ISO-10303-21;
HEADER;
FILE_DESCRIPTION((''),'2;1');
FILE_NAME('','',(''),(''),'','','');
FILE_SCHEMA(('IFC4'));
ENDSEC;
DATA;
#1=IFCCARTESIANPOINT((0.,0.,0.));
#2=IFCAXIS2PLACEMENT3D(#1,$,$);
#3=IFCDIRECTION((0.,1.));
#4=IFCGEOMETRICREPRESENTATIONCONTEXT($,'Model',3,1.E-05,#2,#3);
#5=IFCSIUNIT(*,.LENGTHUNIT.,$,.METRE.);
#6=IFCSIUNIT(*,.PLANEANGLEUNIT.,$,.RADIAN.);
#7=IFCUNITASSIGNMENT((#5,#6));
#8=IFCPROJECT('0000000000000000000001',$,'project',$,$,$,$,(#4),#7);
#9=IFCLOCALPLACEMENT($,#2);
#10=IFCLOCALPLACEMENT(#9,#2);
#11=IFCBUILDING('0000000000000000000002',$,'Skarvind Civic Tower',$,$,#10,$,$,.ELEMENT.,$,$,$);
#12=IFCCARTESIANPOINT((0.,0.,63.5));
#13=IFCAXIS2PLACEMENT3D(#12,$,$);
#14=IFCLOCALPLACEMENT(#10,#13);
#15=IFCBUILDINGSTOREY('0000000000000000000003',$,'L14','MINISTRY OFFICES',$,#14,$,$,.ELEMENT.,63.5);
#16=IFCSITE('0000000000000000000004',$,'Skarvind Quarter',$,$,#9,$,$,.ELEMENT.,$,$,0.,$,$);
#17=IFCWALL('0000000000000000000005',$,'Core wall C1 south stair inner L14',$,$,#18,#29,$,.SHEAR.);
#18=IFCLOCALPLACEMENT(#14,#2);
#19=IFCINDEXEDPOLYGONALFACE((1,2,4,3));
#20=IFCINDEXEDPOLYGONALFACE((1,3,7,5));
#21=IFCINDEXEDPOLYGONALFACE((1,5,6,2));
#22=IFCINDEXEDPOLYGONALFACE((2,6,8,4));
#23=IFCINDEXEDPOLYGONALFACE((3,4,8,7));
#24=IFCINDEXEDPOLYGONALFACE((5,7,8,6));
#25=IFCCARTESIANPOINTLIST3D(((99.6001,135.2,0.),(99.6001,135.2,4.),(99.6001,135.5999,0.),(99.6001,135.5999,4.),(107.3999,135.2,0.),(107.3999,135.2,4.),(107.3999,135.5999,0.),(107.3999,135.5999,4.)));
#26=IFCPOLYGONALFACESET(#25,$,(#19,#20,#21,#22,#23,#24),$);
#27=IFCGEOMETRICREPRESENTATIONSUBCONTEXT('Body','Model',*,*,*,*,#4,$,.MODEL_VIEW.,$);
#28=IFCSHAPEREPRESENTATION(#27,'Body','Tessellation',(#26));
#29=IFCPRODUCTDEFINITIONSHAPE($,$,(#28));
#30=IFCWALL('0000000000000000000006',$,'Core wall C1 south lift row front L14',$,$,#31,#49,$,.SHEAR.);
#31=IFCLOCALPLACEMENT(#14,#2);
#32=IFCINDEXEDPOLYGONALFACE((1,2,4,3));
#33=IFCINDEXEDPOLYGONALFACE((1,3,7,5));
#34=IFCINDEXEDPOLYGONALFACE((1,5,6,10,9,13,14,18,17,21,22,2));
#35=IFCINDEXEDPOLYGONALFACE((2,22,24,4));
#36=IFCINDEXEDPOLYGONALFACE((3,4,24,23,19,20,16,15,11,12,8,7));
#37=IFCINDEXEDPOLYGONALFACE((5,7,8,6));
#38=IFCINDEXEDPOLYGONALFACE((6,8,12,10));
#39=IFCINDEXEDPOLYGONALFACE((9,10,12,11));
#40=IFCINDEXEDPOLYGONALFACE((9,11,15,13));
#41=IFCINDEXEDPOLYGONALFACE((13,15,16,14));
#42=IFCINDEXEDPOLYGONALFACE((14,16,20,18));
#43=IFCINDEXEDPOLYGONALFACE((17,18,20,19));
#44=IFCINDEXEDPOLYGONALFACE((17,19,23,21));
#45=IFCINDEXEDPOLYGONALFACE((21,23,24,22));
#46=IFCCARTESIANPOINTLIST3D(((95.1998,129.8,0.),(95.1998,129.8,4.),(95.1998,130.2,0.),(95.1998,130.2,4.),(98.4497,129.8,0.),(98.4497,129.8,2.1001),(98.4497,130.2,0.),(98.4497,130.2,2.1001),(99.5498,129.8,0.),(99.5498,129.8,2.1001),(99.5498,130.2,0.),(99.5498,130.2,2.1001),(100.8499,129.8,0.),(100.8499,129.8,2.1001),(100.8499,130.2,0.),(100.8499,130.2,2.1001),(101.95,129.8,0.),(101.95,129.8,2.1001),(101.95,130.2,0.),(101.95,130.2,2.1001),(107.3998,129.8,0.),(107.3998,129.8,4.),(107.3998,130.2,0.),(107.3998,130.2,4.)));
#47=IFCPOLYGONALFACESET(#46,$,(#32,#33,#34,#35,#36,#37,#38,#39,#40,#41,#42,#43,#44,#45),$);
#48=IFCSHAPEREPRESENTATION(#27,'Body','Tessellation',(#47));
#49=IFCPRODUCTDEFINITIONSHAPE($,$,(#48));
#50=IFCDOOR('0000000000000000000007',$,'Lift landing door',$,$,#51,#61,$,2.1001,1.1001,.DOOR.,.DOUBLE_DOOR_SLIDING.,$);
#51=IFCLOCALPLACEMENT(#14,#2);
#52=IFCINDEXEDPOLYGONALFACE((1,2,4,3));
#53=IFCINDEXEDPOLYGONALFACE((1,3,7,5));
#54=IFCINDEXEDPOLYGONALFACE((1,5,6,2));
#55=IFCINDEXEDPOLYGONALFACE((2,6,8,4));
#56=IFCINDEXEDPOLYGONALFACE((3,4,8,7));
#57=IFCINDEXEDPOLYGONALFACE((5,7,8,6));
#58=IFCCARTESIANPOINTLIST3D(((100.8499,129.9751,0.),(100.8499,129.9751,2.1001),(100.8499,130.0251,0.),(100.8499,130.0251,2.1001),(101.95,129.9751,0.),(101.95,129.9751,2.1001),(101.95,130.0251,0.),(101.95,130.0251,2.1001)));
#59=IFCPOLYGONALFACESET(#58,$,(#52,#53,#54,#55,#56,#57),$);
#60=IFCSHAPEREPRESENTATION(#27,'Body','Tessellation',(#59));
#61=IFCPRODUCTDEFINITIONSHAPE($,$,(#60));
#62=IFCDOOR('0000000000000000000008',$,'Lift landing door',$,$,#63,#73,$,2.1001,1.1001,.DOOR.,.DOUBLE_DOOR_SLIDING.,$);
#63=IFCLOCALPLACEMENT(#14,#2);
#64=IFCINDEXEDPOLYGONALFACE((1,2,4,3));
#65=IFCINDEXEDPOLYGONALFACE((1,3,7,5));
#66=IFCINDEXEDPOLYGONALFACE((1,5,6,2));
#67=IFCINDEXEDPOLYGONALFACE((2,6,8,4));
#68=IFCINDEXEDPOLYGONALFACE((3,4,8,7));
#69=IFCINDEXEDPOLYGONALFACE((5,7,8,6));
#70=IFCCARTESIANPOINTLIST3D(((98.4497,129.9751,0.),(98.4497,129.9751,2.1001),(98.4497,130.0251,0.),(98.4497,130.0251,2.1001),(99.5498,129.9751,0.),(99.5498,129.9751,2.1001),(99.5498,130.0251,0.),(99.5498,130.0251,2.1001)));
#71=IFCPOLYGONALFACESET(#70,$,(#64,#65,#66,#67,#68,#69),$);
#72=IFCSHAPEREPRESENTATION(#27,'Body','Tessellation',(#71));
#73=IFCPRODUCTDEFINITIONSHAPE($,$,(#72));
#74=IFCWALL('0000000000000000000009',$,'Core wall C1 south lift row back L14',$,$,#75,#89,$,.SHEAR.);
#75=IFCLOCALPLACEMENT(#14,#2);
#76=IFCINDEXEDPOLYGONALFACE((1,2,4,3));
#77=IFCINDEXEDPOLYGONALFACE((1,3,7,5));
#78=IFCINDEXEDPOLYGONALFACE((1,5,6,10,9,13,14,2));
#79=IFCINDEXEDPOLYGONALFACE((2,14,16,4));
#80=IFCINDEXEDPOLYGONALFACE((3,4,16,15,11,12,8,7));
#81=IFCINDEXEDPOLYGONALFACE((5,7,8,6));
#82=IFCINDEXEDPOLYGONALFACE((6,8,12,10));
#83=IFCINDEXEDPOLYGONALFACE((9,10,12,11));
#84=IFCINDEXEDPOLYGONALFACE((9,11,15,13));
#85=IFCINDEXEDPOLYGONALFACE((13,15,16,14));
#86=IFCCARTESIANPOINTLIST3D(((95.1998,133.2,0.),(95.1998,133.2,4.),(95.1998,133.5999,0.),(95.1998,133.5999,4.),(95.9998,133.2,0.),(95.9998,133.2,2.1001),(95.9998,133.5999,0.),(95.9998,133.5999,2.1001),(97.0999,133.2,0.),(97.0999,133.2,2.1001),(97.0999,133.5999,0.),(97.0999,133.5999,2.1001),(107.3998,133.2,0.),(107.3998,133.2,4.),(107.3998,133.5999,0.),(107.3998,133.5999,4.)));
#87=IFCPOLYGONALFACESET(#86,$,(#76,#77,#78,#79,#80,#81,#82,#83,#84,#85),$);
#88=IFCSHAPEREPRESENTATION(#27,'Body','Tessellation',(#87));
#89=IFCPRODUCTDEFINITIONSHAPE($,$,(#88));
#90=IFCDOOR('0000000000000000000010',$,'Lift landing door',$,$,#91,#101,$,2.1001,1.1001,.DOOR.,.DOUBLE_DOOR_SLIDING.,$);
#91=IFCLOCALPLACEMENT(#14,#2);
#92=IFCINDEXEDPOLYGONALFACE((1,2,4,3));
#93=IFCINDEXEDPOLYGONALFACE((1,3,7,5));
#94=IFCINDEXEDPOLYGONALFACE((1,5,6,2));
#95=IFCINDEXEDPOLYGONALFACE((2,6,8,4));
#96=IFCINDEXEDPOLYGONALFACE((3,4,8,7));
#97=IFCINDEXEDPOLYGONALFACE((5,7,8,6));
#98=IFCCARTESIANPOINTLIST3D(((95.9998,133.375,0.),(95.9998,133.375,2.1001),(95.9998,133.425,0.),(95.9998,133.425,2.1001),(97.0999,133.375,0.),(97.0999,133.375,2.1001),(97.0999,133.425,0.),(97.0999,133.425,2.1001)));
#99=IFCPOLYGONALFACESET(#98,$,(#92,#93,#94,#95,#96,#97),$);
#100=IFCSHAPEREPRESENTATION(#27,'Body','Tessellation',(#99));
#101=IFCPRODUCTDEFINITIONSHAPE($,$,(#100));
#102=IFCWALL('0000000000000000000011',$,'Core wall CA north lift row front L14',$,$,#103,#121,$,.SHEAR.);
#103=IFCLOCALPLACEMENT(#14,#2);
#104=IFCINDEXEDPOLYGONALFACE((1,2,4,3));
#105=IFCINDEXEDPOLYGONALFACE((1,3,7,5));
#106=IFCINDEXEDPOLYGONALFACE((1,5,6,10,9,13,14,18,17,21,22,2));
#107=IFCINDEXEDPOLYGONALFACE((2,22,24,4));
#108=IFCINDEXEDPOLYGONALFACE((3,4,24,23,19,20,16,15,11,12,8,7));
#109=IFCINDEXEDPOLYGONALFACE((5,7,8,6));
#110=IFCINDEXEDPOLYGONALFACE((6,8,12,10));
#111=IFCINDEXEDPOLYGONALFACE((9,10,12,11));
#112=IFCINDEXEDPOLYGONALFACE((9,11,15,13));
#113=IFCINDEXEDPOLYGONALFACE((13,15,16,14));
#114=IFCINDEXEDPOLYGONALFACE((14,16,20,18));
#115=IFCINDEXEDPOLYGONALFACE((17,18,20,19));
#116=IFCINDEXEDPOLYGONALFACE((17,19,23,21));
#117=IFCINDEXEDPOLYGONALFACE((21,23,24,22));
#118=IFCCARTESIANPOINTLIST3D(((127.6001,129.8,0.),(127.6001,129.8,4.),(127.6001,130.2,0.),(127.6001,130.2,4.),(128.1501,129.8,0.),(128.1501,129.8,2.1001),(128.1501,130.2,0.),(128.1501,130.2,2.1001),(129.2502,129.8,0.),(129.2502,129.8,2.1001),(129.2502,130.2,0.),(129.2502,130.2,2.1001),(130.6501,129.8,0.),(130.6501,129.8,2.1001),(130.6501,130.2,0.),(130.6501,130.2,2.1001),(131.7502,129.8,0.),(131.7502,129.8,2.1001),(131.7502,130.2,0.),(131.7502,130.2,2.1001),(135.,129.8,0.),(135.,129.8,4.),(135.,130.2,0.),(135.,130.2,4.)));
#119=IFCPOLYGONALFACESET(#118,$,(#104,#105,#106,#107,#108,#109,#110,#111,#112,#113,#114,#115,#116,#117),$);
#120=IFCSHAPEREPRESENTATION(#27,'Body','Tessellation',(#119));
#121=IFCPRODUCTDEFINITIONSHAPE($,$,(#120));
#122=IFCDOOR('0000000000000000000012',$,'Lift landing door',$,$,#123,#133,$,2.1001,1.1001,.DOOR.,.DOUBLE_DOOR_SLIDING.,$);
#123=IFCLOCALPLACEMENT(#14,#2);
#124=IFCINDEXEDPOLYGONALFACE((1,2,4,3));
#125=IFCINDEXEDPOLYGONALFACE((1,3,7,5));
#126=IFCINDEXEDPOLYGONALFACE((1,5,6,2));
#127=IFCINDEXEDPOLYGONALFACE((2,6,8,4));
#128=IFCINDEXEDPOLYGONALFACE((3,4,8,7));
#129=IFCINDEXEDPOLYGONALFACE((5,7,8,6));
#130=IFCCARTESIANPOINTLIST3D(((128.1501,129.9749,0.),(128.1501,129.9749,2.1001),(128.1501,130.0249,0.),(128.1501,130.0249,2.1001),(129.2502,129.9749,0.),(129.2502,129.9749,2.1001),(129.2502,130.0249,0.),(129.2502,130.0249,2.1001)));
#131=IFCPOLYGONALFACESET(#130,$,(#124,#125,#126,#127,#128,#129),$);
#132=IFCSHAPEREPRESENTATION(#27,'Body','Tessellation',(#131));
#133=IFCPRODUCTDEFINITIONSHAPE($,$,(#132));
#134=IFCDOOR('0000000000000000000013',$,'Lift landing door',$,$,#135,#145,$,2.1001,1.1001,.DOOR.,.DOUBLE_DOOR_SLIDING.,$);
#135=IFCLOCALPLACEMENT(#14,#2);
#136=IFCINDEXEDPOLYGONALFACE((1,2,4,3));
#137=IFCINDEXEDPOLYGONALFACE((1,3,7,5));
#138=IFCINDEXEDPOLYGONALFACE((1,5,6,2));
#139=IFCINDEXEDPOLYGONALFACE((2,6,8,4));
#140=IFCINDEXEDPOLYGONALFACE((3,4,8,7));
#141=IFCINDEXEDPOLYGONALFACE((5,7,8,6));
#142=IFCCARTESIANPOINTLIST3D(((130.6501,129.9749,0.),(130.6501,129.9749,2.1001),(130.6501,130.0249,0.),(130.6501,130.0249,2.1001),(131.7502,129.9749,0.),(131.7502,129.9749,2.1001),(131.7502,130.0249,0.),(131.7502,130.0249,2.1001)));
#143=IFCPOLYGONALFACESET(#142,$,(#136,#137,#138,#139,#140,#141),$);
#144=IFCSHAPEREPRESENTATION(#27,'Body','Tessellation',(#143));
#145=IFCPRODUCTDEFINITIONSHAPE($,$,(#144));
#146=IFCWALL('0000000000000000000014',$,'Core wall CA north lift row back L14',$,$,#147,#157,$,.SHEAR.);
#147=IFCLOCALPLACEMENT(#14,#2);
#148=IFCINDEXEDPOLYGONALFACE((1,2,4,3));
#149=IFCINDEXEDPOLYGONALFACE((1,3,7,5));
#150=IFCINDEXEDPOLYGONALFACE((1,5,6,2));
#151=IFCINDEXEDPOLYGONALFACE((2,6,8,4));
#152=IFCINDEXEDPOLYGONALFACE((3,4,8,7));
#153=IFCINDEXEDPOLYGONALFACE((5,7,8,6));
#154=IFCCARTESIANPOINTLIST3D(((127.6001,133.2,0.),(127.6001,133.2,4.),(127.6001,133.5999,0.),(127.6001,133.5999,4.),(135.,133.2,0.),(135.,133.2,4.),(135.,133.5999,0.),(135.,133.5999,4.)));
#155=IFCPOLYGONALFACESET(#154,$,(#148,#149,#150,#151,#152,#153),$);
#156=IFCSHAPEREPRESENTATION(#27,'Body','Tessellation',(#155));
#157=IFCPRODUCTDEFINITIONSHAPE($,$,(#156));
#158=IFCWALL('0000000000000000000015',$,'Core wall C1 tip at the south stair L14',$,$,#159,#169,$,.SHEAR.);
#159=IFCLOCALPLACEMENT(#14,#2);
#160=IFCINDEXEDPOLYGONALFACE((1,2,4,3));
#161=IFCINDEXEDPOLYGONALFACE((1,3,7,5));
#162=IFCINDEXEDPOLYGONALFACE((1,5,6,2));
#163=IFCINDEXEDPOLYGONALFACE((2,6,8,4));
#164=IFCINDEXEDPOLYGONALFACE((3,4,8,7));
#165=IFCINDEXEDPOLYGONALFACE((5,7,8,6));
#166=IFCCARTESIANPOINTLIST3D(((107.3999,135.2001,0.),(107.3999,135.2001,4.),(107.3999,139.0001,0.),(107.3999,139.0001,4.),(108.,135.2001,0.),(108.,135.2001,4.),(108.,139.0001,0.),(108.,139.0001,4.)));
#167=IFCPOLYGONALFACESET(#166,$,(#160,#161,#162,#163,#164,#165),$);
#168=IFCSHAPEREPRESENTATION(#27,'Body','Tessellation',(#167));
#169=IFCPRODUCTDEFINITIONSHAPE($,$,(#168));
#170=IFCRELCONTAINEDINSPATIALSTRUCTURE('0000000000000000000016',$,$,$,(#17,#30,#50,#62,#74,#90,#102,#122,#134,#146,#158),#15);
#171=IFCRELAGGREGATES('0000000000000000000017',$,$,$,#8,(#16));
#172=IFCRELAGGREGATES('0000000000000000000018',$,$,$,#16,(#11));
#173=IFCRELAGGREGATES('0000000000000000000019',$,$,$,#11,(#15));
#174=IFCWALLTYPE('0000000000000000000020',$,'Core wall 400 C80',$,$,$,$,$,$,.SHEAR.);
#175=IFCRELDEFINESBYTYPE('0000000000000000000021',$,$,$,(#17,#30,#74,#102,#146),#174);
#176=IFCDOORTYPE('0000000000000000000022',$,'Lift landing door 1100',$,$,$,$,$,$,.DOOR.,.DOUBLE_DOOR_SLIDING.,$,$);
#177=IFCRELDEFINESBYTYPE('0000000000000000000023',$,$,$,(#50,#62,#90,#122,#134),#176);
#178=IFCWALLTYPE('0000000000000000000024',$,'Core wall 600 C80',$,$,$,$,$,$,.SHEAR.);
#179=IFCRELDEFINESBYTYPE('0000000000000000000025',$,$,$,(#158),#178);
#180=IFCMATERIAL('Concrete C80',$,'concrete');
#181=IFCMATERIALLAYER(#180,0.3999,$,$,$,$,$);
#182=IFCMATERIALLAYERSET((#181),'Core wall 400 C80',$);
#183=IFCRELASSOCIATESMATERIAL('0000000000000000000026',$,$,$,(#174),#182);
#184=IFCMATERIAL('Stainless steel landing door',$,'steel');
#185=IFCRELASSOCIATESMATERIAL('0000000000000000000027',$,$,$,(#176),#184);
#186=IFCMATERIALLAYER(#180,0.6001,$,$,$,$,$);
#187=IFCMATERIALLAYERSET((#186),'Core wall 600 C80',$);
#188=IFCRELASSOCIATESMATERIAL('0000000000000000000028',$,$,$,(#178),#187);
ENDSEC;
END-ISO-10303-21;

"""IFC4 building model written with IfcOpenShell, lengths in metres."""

from ifc_helpers import new_model, si_unit, direction, frame, frame_2d, origin, place, context, subcontext, project, spatial, rectangle, extrude, material, layer, layer_set, type_object, element, fill, save


model = new_model("IFC4")

# Units and contexts
model_context = context("Model", 3, precision=1e-05, world=origin(), true_north=direction((0.0, 1.0)))
body_context = subcontext(model_context, "Body", "Model", "MODEL_VIEW")
ifc_project = project(units=[si_unit("LENGTHUNIT", "METRE"), si_unit("PLANEANGLEUNIT", "RADIAN")], contexts=[model_context])

# Site, building, storey
site_placement = place(None, origin())
site = spatial("IfcSite", under=ifc_project, at=site_placement, Name="Skarvind Quarter", CompositionType="ELEMENT", RefElevation=0.0)
building_placement = place(site_placement, origin())
building = spatial("IfcBuilding", under=site, at=building_placement, Name="Skarvind Civic Tower", CompositionType="ELEMENT")
storey_placement = place(building_placement, frame((0.0, 0.0, 63.5)))
storey = spatial("IfcBuildingStorey", under=building, at=storey_placement, Name="L14", Description="MINISTRY OFFICES", CompositionType="ELEMENT", Elevation=63.5)

# Wall
ifc_material_1 = material(Name="Concrete C80", Category="concrete")
ifc_layer_1 = layer(ifc_material_1, 0.3999)
ifc_layer_set_1 = layer_set([ifc_layer_1], Name="Core wall 400 C80")
wall_type_1 = type_object("IfcWallType", Name="Core wall 400 C80", PredefinedType="SHEAR", material=ifc_layer_set_1)
wall_1_placement = place(storey_placement, frame((107.3999, 135.3999, 0.0), z_axis=(0.0, 0.0, 1.0), x_axis=(-1.0, 0.0, 0.0)))
element("IfcWall", 1, at=wall_1_placement, inside=storey, type_object=wall_type_1, Name="Core wall C1 south stair inner L14", PredefinedType="SHEAR", context=body_context, shape_type="SweptSolid", body=[
    extrude(rectangle(XDim=7.7998, YDim=0.3999, at=frame_2d((3.8999, 0.0))), origin(), (0.0, 0.0, 1.0), 4.0),
])

# Wall, openings, doors
wall_2_placement = place(storey_placement, frame((107.3999, 130.0, 0.0), z_axis=(0.0, 0.0, 1.0), x_axis=(-1.0, 0.0, 0.0)))
wall_2 = element("IfcWall", 2, at=wall_2_placement, inside=storey, type_object=wall_type_1, Name="Core wall C1 south lift row front L14", PredefinedType="SHEAR", context=body_context, shape_type="SweptSolid", body=[
    extrude(rectangle(XDim=12.2, YDim=0.3999, at=frame_2d((6.1001, 0.0))), origin(), (0.0, 0.0, 1.0), 4.0),
])
opening_1_placement = place(wall_2_placement, frame((5.45, 0.0, 0.0)))
opening_1 = element("IfcOpeningElement", 3, at=opening_1_placement, cuts=wall_2, PredefinedType="OPENING", context=body_context, shape_type="SweptSolid", body=[
    extrude(rectangle(XDim=1.1001, YDim=2.1001, at=frame_2d((0.55, 1.05))), frame((0.0, 0.21, 0.0), z_axis=(0.0, -1.0, 0.0), x_axis=(1.0, 0.0, 0.0)), (0.0, 0.0, 1.0), 0.4199),
])
opening_2_placement = place(wall_2_placement, frame((7.8501, 0.0, 0.0)))
opening_2 = element("IfcOpeningElement", 4, at=opening_2_placement, cuts=wall_2, PredefinedType="OPENING", context=body_context, shape_type="SweptSolid", body=[
    extrude(rectangle(XDim=1.1001, YDim=2.1001, at=frame_2d((0.55, 1.05))), frame((0.0, 0.21, 0.0), z_axis=(0.0, -1.0, 0.0), x_axis=(1.0, 0.0, 0.0)), (0.0, 0.0, 1.0), 0.4199),
])
ifc_material_2 = material(Name="Stainless steel landing door", Category="steel")
door_type = type_object("IfcDoorType", Name="Lift landing door 1100", OperationType="DOUBLE_DOOR_SLIDING", PredefinedType="DOOR", material=ifc_material_2)
door_1_placement = place(opening_1_placement, origin())
door_1 = element("IfcDoor", 5, at=door_1_placement, inside=storey, type_object=door_type, Name="Lift landing door", OperationType="DOUBLE_DOOR_SLIDING", OverallHeight=2.1001, OverallWidth=1.1001, PredefinedType="DOOR", context=body_context, shape_type="SweptSolid", body=[
    extrude(rectangle(XDim=1.1001, YDim=2.1001, at=frame_2d((0.55, 1.05))), frame((0.0, 0.0249, 0.0), z_axis=(0.0, -1.0, 0.0), x_axis=(1.0, 0.0, 0.0)), (0.0, 0.0, 1.0), 0.05),
])
fill(opening_1, door_1)
door_2_placement = place(opening_2_placement, origin())
door_2 = element("IfcDoor", 6, at=door_2_placement, inside=storey, type_object=door_type, Name="Lift landing door", OperationType="DOUBLE_DOOR_SLIDING", OverallHeight=2.1001, OverallWidth=1.1001, PredefinedType="DOOR", context=body_context, shape_type="SweptSolid", body=[
    extrude(rectangle(XDim=1.1001, YDim=2.1001, at=frame_2d((0.55, 1.05))), frame((0.0, 0.0249, 0.0), z_axis=(0.0, -1.0, 0.0), x_axis=(1.0, 0.0, 0.0)), (0.0, 0.0, 1.0), 0.05),
])
fill(opening_2, door_2)

# Wall, opening, door
wall_3_placement = place(storey_placement, frame((107.3999, 133.3999, 0.0), z_axis=(0.0, 0.0, 1.0), x_axis=(-1.0, 0.0, 0.0)))
wall_3 = element("IfcWall", 7, at=wall_3_placement, inside=storey, type_object=wall_type_1, Name="Core wall C1 south lift row back L14", PredefinedType="SHEAR", context=body_context, shape_type="SweptSolid", body=[
    extrude(rectangle(XDim=12.2, YDim=0.3999, at=frame_2d((6.1001, 0.0))), origin(), (0.0, 0.0, 1.0), 4.0),
])
opening_3_placement = place(wall_3_placement, frame((10.3, 0.0, 0.0)))
opening_3 = element("IfcOpeningElement", 8, at=opening_3_placement, cuts=wall_3, PredefinedType="OPENING", context=body_context, shape_type="SweptSolid", body=[
    extrude(rectangle(XDim=1.1001, YDim=2.1001, at=frame_2d((0.55, 1.05))), frame((0.0, 0.21, 0.0), z_axis=(0.0, -1.0, 0.0), x_axis=(1.0, 0.0, 0.0)), (0.0, 0.0, 1.0), 0.4199),
])
door_3_placement = place(opening_3_placement, origin())
door_3 = element("IfcDoor", 9, at=door_3_placement, inside=storey, type_object=door_type, Name="Lift landing door", OperationType="DOUBLE_DOOR_SLIDING", OverallHeight=2.1001, OverallWidth=1.1001, PredefinedType="DOOR", context=body_context, shape_type="SweptSolid", body=[
    extrude(rectangle(XDim=1.1001, YDim=2.1001, at=frame_2d((0.55, 1.05))), frame((0.0, 0.0249, 0.0), z_axis=(0.0, -1.0, 0.0), x_axis=(1.0, 0.0, 0.0)), (0.0, 0.0, 1.0), 0.05),
])
fill(opening_3, door_3)

# Wall, openings, doors
wall_4_placement = place(storey_placement, frame((127.6001, 130.0, 0.0), z_axis=(0.0, 0.0, 1.0), x_axis=(1.0, 0.0, 0.0)))
wall_4 = element("IfcWall", 10, at=wall_4_placement, inside=storey, type_object=wall_type_1, Name="Core wall CA north lift row front L14", PredefinedType="SHEAR", context=body_context, shape_type="SweptSolid", body=[
    extrude(rectangle(XDim=7.3999, YDim=0.3999, at=frame_2d((3.7, 0.0))), origin(), (0.0, 0.0, 1.0), 4.0),
])
opening_4_placement = place(wall_4_placement, frame((0.55, 0.0, 0.0)))
opening_4 = element("IfcOpeningElement", 11, at=opening_4_placement, cuts=wall_4, PredefinedType="OPENING", context=body_context, shape_type="SweptSolid", body=[
    extrude(rectangle(XDim=1.1001, YDim=2.1001, at=frame_2d((0.55, 1.05))), frame((0.0, 0.21, 0.0), z_axis=(0.0, -1.0, 0.0), x_axis=(1.0, 0.0, 0.0)), (0.0, 0.0, 1.0), 0.4199),
])
opening_5_placement = place(wall_4_placement, frame((3.05, 0.0, 0.0)))
opening_5 = element("IfcOpeningElement", 12, at=opening_5_placement, cuts=wall_4, PredefinedType="OPENING", context=body_context, shape_type="SweptSolid", body=[
    extrude(rectangle(XDim=1.1001, YDim=2.1001, at=frame_2d((0.55, 1.05))), frame((0.0, 0.21, 0.0), z_axis=(0.0, -1.0, 0.0), x_axis=(1.0, 0.0, 0.0)), (0.0, 0.0, 1.0), 0.4199),
])
door_4_placement = place(opening_4_placement, origin())
door_4 = element("IfcDoor", 13, at=door_4_placement, inside=storey, type_object=door_type, Name="Lift landing door", OperationType="DOUBLE_DOOR_SLIDING", OverallHeight=2.1001, OverallWidth=1.1001, PredefinedType="DOOR", context=body_context, shape_type="SweptSolid", body=[
    extrude(rectangle(XDim=1.1001, YDim=2.1001, at=frame_2d((0.55, 1.05))), frame((0.0, 0.0249, 0.0), z_axis=(0.0, -1.0, 0.0), x_axis=(1.0, 0.0, 0.0)), (0.0, 0.0, 1.0), 0.05),
])
fill(opening_4, door_4)
door_5_placement = place(opening_5_placement, origin())
door_5 = element("IfcDoor", 14, at=door_5_placement, inside=storey, type_object=door_type, Name="Lift landing door", OperationType="DOUBLE_DOOR_SLIDING", OverallHeight=2.1001, OverallWidth=1.1001, PredefinedType="DOOR", context=body_context, shape_type="SweptSolid", body=[
    extrude(rectangle(XDim=1.1001, YDim=2.1001, at=frame_2d((0.55, 1.05))), frame((0.0, 0.0249, 0.0), z_axis=(0.0, -1.0, 0.0), x_axis=(1.0, 0.0, 0.0)), (0.0, 0.0, 1.0), 0.05),
])
fill(opening_5, door_5)

# Walls
wall_5_placement = place(storey_placement, frame((127.6001, 133.3999, 0.0), z_axis=(0.0, 0.0, 1.0), x_axis=(1.0, 0.0, 0.0)))
element("IfcWall", 15, at=wall_5_placement, inside=storey, type_object=wall_type_1, Name="Core wall CA north lift row back L14", PredefinedType="SHEAR", context=body_context, shape_type="SweptSolid", body=[
    extrude(rectangle(XDim=7.3999, YDim=0.3999, at=frame_2d((3.7, 0.0))), origin(), (0.0, 0.0, 1.0), 4.0),
])
ifc_layer_2 = layer(ifc_material_1, 0.6001)
ifc_layer_set_2 = layer_set([ifc_layer_2], Name="Core wall 600 C80")
wall_type_2 = type_object("IfcWallType", Name="Core wall 600 C80", PredefinedType="SHEAR", material=ifc_layer_set_2)
wall_6_placement = place(storey_placement, frame((107.7, 139.0, 0.0), z_axis=(0.0, 0.0, 1.0), x_axis=(0.0, -1.0, 0.0)))
element("IfcWall", 16, at=wall_6_placement, inside=storey, type_object=wall_type_2, Name="Core wall C1 tip at the south stair L14", PredefinedType="SHEAR", context=body_context, shape_type="SweptSolid", body=[
    extrude(rectangle(XDim=3.8, YDim=0.6001, at=frame_2d((1.8999, 0.0))), origin(), (0.0, 0.0, 1.0), 4.0),
])

save(model, "model.ifc")
